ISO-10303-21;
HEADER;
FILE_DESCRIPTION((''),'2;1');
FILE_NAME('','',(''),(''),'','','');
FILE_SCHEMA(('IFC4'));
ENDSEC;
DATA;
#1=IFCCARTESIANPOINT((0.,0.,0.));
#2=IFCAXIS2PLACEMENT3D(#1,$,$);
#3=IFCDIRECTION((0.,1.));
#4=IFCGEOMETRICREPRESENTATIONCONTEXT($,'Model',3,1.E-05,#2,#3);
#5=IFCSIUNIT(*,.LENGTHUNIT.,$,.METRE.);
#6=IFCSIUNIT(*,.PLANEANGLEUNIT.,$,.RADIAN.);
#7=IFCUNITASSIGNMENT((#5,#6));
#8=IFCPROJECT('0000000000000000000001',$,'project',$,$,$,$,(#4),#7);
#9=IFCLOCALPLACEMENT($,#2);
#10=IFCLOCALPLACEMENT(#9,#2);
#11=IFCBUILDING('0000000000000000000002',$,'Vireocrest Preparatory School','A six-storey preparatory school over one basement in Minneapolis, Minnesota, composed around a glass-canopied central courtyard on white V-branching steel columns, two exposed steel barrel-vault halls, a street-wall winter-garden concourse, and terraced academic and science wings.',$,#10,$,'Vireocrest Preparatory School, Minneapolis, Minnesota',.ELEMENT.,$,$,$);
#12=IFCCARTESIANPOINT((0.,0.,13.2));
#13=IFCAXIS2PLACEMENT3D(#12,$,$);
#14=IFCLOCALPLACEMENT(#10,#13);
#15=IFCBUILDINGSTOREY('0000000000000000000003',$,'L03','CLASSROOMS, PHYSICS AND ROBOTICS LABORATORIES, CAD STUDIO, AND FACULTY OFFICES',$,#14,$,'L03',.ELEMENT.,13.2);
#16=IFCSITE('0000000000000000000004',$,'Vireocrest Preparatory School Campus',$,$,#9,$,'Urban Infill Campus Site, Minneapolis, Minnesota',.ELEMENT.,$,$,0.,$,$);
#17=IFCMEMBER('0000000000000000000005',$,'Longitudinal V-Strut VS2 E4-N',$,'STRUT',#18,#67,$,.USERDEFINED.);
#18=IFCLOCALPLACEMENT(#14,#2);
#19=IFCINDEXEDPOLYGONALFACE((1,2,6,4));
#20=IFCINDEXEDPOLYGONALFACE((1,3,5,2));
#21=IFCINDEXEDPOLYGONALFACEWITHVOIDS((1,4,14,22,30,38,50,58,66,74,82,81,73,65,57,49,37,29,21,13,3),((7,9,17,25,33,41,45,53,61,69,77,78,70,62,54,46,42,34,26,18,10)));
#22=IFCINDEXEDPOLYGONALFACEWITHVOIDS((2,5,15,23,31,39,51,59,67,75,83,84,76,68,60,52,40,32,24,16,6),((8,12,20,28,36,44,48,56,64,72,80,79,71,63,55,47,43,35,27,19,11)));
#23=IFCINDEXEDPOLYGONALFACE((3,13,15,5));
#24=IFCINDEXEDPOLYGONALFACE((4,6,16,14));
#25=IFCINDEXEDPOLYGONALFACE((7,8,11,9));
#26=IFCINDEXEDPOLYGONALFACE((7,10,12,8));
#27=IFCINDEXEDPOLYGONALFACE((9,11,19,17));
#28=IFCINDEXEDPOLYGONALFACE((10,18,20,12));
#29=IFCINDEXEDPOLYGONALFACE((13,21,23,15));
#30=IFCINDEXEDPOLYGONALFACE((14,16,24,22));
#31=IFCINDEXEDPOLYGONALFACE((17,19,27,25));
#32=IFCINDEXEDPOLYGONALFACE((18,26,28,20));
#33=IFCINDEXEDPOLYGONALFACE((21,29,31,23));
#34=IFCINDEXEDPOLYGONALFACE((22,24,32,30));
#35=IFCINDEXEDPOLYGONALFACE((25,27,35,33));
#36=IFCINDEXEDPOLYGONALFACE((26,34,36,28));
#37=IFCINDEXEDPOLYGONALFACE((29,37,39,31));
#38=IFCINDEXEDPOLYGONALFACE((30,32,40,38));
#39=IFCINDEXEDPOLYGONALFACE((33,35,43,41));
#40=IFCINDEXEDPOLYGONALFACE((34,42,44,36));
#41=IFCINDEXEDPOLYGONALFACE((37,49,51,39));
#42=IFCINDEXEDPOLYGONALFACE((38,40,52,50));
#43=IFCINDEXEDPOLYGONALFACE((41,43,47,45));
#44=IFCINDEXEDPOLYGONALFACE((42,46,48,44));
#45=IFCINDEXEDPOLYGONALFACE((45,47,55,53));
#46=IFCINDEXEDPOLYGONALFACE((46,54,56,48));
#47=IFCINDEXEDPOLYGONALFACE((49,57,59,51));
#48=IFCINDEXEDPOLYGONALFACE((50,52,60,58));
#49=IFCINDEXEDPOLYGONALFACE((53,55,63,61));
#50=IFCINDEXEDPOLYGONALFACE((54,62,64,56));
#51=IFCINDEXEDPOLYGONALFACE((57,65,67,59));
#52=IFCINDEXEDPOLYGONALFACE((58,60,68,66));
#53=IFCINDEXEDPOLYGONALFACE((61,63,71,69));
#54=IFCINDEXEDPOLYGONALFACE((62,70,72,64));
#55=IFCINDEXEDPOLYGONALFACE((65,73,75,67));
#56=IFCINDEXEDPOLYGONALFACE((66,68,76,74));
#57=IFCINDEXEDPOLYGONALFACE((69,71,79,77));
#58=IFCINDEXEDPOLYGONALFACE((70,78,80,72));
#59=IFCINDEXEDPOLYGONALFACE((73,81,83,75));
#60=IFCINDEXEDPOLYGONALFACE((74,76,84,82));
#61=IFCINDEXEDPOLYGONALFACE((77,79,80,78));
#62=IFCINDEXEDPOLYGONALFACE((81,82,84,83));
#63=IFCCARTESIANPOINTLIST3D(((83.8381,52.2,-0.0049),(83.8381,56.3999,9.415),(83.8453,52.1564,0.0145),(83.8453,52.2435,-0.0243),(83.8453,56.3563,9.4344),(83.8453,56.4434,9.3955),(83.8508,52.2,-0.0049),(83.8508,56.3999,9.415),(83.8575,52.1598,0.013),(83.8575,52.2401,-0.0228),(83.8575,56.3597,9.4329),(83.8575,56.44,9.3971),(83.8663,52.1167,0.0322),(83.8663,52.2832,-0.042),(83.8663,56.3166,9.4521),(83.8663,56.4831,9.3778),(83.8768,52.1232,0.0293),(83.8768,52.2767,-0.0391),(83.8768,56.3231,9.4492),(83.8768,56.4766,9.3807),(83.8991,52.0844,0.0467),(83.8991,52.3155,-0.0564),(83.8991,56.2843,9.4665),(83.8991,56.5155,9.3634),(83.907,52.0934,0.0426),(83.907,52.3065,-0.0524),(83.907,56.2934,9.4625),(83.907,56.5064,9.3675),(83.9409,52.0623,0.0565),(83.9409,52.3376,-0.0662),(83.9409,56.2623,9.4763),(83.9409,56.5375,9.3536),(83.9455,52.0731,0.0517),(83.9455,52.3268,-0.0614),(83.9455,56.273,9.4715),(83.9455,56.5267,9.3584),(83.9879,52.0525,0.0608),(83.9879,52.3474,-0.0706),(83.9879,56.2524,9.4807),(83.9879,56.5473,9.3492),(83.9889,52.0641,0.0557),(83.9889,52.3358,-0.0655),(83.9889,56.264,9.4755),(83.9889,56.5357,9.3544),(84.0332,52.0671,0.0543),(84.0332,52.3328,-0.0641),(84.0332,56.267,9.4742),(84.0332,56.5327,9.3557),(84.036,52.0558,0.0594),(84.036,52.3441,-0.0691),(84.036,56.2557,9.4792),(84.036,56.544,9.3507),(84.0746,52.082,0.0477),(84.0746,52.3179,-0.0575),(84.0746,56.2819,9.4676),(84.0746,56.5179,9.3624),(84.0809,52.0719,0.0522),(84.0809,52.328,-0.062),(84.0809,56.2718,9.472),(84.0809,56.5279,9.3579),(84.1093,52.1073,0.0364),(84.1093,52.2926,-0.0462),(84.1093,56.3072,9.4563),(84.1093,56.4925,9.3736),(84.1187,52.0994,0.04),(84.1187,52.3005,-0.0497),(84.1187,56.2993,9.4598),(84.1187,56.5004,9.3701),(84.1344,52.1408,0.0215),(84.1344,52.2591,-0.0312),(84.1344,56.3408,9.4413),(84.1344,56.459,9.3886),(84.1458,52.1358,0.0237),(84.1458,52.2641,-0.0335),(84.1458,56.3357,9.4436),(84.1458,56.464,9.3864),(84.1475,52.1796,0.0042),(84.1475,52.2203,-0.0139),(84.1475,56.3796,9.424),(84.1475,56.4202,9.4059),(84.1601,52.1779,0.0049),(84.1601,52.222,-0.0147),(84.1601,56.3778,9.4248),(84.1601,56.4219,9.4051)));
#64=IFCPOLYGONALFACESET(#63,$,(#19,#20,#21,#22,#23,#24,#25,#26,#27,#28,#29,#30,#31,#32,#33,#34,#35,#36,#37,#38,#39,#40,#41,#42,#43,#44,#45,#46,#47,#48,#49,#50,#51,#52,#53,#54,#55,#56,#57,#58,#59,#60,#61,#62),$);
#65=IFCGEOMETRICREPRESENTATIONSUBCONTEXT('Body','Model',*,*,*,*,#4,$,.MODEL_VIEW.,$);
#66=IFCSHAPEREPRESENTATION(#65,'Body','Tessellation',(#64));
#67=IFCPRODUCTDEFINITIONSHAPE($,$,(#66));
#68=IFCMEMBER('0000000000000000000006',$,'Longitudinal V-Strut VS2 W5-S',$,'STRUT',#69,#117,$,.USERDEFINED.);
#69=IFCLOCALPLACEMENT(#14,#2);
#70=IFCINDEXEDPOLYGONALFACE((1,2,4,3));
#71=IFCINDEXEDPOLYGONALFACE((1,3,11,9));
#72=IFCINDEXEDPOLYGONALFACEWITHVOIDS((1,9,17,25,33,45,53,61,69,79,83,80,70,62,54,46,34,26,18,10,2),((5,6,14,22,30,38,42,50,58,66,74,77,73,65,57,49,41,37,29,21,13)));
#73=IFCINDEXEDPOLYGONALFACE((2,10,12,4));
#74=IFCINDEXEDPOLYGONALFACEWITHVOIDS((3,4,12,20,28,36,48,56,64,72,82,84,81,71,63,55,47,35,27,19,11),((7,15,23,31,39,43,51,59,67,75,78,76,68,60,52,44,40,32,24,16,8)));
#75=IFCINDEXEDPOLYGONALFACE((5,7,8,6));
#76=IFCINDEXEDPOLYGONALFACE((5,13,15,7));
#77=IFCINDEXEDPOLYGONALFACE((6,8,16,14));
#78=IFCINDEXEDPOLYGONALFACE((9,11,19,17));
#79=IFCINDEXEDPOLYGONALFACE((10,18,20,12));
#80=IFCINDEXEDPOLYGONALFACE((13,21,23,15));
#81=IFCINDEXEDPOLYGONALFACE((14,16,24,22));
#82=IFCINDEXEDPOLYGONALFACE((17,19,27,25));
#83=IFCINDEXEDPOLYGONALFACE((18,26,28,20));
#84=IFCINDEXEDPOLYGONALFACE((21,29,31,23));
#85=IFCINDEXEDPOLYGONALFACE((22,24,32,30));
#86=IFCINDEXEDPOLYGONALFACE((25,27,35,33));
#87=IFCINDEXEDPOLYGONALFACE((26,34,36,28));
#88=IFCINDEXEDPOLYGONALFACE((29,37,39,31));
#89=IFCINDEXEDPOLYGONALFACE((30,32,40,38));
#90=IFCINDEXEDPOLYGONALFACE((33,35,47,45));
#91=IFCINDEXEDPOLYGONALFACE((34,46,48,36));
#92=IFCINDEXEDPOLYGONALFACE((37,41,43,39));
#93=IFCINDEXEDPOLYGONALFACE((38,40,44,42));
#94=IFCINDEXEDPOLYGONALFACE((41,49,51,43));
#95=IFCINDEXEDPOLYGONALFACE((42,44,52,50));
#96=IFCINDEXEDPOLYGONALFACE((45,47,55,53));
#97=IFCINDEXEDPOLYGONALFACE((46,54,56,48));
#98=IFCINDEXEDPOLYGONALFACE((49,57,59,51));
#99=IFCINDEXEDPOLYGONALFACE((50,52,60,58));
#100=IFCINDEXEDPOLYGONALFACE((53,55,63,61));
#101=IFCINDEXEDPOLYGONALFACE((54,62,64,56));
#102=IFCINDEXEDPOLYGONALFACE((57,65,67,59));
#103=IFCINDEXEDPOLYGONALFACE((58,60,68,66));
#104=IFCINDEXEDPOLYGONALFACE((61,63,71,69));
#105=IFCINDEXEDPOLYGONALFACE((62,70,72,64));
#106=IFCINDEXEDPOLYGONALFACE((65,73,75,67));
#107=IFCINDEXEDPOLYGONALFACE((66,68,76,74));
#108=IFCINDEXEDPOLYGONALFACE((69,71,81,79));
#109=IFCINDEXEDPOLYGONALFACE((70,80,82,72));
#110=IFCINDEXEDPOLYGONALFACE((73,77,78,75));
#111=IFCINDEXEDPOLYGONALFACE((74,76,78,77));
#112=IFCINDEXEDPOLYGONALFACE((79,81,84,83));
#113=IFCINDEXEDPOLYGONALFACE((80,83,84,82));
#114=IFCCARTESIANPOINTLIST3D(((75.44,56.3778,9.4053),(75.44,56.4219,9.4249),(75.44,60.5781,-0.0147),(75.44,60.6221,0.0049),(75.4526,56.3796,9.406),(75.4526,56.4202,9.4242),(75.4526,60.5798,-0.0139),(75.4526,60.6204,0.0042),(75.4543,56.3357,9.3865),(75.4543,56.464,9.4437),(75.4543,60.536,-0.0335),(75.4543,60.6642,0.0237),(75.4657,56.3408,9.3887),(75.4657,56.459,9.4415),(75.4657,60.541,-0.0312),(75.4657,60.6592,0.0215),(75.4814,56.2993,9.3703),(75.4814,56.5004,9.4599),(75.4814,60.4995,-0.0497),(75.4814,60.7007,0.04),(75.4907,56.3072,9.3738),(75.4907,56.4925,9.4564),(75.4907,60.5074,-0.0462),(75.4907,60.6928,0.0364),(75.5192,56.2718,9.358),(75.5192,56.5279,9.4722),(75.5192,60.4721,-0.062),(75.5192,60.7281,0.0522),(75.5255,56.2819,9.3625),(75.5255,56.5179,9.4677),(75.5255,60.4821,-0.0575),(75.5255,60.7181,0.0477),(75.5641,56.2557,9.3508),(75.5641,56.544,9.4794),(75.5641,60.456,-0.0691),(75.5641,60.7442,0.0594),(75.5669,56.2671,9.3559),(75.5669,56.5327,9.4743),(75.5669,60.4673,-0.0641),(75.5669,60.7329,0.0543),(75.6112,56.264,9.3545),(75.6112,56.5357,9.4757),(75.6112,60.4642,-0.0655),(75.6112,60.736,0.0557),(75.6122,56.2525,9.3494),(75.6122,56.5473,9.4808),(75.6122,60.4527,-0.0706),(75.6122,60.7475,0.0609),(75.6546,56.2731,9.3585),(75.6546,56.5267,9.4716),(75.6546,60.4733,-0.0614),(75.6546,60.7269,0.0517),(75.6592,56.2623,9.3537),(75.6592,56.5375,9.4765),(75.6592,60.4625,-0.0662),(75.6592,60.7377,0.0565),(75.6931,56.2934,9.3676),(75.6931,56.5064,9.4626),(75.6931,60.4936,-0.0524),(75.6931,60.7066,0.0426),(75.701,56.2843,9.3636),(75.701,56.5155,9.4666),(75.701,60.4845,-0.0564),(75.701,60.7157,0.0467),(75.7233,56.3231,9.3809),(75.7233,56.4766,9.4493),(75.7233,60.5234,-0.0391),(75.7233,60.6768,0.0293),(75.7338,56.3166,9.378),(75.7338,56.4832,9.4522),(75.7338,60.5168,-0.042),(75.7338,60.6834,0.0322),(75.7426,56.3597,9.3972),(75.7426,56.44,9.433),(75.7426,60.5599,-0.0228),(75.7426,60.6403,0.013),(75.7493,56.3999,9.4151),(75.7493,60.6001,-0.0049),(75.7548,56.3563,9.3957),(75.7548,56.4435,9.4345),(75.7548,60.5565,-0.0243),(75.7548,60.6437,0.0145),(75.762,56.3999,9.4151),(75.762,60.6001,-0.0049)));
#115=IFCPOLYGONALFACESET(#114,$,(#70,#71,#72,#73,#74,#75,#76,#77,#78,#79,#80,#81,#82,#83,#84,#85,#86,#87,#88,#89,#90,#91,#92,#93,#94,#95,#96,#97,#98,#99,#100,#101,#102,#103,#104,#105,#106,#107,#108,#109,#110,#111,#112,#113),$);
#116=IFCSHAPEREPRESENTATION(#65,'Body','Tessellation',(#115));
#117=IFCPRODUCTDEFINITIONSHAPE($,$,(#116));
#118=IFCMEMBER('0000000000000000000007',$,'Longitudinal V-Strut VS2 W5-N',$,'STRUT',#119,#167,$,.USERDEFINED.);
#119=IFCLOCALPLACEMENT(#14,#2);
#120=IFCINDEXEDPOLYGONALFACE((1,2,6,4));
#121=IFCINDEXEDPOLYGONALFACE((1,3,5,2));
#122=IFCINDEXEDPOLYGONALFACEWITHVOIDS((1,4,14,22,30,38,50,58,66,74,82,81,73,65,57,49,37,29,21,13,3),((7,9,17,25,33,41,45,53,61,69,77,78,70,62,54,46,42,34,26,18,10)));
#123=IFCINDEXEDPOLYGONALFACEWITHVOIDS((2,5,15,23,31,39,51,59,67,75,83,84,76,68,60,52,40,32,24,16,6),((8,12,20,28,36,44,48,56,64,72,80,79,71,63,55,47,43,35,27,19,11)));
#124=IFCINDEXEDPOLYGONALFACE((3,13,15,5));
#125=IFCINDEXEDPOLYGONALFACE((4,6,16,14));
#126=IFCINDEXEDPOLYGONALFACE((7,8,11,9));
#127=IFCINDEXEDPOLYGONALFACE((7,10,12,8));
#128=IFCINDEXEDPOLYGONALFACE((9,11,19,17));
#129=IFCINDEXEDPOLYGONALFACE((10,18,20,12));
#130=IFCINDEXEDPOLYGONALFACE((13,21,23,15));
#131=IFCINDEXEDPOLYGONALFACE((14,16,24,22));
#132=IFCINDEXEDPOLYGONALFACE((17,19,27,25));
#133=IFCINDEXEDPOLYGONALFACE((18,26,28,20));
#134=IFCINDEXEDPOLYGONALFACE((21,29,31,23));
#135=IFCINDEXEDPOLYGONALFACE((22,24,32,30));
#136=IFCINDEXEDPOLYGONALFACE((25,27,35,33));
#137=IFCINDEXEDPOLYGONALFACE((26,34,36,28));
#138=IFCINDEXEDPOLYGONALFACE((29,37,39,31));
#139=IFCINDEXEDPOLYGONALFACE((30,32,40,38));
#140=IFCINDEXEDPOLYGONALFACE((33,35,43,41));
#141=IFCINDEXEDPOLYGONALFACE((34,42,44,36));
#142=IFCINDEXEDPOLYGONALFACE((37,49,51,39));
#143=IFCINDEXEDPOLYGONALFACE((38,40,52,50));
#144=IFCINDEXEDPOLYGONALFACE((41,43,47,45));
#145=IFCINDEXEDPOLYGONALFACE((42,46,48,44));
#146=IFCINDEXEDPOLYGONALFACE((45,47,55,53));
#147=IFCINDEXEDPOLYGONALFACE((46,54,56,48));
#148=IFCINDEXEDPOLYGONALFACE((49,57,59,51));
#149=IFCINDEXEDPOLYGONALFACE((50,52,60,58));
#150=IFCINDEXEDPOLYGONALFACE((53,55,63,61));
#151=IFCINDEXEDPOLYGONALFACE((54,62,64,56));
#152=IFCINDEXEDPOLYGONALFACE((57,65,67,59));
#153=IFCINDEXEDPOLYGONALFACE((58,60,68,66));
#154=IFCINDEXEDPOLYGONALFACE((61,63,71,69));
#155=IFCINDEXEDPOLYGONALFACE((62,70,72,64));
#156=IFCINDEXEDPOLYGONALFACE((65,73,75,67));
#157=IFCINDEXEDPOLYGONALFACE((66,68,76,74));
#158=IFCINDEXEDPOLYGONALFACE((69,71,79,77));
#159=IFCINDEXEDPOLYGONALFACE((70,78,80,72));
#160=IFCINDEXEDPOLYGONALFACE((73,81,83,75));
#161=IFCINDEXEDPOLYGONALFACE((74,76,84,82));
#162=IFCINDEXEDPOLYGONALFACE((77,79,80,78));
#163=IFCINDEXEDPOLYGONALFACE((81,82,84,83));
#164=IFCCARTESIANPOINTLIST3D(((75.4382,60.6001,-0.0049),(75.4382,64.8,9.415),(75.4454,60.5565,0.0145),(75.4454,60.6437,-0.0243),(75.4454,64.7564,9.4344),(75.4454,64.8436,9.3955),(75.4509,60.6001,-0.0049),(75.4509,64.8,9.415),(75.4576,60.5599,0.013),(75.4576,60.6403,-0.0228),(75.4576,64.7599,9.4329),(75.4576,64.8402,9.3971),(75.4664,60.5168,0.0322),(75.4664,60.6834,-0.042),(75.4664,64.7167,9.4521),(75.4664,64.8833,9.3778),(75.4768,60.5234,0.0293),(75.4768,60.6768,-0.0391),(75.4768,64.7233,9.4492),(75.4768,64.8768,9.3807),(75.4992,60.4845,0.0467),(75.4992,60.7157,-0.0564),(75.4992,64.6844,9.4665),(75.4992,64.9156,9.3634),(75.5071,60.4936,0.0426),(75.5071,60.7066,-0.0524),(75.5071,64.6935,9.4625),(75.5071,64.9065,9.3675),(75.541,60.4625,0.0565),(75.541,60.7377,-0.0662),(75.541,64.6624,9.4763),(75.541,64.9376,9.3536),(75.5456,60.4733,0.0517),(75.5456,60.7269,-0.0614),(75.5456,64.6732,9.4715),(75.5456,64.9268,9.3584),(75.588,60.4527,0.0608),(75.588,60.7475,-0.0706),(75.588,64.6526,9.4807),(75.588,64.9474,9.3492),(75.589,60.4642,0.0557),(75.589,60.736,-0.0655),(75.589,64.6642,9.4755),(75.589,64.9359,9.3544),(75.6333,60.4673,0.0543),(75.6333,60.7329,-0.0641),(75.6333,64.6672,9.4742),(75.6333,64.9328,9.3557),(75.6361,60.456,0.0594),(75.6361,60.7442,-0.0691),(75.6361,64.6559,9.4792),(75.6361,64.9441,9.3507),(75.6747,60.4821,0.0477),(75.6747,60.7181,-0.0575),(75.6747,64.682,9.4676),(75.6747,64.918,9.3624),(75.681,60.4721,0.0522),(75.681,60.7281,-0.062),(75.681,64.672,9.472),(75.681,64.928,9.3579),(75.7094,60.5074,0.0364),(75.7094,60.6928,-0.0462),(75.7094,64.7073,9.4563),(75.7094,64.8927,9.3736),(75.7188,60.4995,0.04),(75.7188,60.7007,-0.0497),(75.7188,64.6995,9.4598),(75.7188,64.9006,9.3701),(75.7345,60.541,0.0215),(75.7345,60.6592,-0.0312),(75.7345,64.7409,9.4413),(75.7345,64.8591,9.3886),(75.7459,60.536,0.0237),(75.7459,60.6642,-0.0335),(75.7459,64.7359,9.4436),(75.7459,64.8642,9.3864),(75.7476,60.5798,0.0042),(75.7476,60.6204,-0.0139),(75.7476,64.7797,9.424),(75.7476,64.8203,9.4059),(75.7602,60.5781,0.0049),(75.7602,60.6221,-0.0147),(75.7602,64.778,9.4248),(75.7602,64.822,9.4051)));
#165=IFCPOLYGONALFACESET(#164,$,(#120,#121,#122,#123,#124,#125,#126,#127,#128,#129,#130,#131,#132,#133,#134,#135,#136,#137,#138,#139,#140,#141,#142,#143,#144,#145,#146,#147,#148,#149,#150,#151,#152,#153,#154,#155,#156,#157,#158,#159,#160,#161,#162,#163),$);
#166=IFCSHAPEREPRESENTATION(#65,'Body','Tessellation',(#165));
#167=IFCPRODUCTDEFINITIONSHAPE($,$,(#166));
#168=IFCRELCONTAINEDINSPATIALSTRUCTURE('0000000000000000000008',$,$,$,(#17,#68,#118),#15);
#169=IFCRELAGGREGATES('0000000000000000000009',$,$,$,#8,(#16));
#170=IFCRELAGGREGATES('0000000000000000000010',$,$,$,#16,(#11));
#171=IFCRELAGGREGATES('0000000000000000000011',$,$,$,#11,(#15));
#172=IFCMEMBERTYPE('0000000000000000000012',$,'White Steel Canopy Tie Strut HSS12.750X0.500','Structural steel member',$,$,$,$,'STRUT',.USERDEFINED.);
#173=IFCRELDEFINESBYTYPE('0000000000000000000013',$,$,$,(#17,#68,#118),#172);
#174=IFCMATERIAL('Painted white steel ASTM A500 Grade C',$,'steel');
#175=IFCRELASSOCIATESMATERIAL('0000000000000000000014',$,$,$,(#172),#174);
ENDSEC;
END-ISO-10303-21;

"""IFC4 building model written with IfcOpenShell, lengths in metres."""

from ifc_helpers import new_model, si_unit, direction, frame, origin, origin_2d, place, context, subcontext, project, spatial, hollow_circle, extrude, material, material_profile, profile_set, type_object, element, save


model = new_model("IFC4")

# Units and contexts
model_context = context("Model", 3, precision=1e-05, world=origin(), true_north=direction((0.0, 1.0)))
body_context = subcontext(model_context, "Body", "Model", "MODEL_VIEW")
ifc_project = project(units=[si_unit("LENGTHUNIT", "METRE"), si_unit("PLANEANGLEUNIT", "RADIAN")], contexts=[model_context])

# Site, building, storey
site_placement = place(None, origin())
site = spatial("IfcSite", under=ifc_project, at=site_placement, Name="Vireocrest Preparatory School Campus", LongName="Urban Infill Campus Site, Minneapolis, Minnesota", CompositionType="ELEMENT", RefElevation=0.0)
building_placement = place(site_placement, origin())
building = spatial("IfcBuilding", under=site, at=building_placement, Name="Vireocrest Preparatory School", Description="A six-storey preparatory school over one basement in Minneapolis, Minnesota, composed around a glass-canopied central courtyard on white V-branching steel columns, two exposed steel barrel-vault halls, a street-wall winter-garden concourse, and terraced academic and science wings.", LongName="Vireocrest Preparatory School, Minneapolis, Minnesota", CompositionType="ELEMENT")
storey_placement = place(building_placement, frame((0.0, 0.0, 13.2)))
storey = spatial("IfcBuildingStorey", under=building, at=storey_placement, Name="L03", Description="CLASSROOMS, PHYSICS AND ROBOTICS LABORATORIES, CAD STUDIO, AND FACULTY OFFICES", LongName="L03", CompositionType="ELEMENT", Elevation=13.2)

# Members
ifc_material_1 = material(Name="Painted white steel ASTM A500 Grade C", Category="steel")
ifc_material_profile_1 = material_profile(ifc_material_1, hollow_circle(Radius=0.1619, WallThickness=0.0127, at=origin_2d()), Name="HSS12.750X0.500")
ifc_profile_set_1 = profile_set([ifc_material_profile_1], Name="Painted white steel ASTM A500 Grade C")
member_type_1 = type_object("IfcMemberType", Name="White Steel Canopy Tie Strut HSS12.750X0.500", Description="Structural steel member", ElementType="STRUT", PredefinedType="USERDEFINED", material=ifc_profile_set_1)
for number, where, z_axis, x_axis, name in (
    (1, (84.0, 52.2, -0.0049), (0.0, 0.407217, 0.913332), (-1.0, 0.0, 0.0), "Longitudinal V-Strut VS2 E4-N"),
):
    element("IfcMember", number, at=place(storey_placement, frame(where, z_axis=z_axis, x_axis=x_axis)), inside=storey, type_object=member_type_1, Name=name, ObjectType="STRUT", PredefinedType="USERDEFINED", context=body_context, shape_type="SweptSolid", body=[
        extrude(hollow_circle(Radius=0.1619, WallThickness=0.0127, at=origin_2d()), origin(), (0.0, 0.0, 1.0), 10.3137),
    ])
member_1_placement = place(storey_placement, frame((75.6001, 60.6001, -0.0049), z_axis=(0.0, -0.407236, 0.913323), x_axis=(1.0, 0.0, 0.0)))
element("IfcMember", 2, at=member_1_placement, inside=storey, type_object=member_type_1, Name="Longitudinal V-Strut VS2 W5-S", ObjectType="STRUT", PredefinedType="USERDEFINED", context=body_context, shape_type="SweptSolid", body=[
    extrude(hollow_circle(Radius=0.1619, WallThickness=0.0127, at=origin_2d()), origin(), (0.0, 0.0, 1.0), 10.314),
])
member_2_placement = place(storey_placement, frame((75.6001, 60.6001, -0.0049), z_axis=(0.0, 0.407217, 0.913332), x_axis=(-1.0, 0.0, 0.0)))
element("IfcMember", 3, at=member_2_placement, inside=storey, type_object=member_type_1, Name="Longitudinal V-Strut VS2 W5-N", ObjectType="STRUT", PredefinedType="USERDEFINED", context=body_context, shape_type="SweptSolid", body=[
    extrude(hollow_circle(Radius=0.1619, WallThickness=0.0127, at=origin_2d()), origin(), (0.0, 0.0, 1.0), 10.3137),
])

save(model, "model.ifc")
